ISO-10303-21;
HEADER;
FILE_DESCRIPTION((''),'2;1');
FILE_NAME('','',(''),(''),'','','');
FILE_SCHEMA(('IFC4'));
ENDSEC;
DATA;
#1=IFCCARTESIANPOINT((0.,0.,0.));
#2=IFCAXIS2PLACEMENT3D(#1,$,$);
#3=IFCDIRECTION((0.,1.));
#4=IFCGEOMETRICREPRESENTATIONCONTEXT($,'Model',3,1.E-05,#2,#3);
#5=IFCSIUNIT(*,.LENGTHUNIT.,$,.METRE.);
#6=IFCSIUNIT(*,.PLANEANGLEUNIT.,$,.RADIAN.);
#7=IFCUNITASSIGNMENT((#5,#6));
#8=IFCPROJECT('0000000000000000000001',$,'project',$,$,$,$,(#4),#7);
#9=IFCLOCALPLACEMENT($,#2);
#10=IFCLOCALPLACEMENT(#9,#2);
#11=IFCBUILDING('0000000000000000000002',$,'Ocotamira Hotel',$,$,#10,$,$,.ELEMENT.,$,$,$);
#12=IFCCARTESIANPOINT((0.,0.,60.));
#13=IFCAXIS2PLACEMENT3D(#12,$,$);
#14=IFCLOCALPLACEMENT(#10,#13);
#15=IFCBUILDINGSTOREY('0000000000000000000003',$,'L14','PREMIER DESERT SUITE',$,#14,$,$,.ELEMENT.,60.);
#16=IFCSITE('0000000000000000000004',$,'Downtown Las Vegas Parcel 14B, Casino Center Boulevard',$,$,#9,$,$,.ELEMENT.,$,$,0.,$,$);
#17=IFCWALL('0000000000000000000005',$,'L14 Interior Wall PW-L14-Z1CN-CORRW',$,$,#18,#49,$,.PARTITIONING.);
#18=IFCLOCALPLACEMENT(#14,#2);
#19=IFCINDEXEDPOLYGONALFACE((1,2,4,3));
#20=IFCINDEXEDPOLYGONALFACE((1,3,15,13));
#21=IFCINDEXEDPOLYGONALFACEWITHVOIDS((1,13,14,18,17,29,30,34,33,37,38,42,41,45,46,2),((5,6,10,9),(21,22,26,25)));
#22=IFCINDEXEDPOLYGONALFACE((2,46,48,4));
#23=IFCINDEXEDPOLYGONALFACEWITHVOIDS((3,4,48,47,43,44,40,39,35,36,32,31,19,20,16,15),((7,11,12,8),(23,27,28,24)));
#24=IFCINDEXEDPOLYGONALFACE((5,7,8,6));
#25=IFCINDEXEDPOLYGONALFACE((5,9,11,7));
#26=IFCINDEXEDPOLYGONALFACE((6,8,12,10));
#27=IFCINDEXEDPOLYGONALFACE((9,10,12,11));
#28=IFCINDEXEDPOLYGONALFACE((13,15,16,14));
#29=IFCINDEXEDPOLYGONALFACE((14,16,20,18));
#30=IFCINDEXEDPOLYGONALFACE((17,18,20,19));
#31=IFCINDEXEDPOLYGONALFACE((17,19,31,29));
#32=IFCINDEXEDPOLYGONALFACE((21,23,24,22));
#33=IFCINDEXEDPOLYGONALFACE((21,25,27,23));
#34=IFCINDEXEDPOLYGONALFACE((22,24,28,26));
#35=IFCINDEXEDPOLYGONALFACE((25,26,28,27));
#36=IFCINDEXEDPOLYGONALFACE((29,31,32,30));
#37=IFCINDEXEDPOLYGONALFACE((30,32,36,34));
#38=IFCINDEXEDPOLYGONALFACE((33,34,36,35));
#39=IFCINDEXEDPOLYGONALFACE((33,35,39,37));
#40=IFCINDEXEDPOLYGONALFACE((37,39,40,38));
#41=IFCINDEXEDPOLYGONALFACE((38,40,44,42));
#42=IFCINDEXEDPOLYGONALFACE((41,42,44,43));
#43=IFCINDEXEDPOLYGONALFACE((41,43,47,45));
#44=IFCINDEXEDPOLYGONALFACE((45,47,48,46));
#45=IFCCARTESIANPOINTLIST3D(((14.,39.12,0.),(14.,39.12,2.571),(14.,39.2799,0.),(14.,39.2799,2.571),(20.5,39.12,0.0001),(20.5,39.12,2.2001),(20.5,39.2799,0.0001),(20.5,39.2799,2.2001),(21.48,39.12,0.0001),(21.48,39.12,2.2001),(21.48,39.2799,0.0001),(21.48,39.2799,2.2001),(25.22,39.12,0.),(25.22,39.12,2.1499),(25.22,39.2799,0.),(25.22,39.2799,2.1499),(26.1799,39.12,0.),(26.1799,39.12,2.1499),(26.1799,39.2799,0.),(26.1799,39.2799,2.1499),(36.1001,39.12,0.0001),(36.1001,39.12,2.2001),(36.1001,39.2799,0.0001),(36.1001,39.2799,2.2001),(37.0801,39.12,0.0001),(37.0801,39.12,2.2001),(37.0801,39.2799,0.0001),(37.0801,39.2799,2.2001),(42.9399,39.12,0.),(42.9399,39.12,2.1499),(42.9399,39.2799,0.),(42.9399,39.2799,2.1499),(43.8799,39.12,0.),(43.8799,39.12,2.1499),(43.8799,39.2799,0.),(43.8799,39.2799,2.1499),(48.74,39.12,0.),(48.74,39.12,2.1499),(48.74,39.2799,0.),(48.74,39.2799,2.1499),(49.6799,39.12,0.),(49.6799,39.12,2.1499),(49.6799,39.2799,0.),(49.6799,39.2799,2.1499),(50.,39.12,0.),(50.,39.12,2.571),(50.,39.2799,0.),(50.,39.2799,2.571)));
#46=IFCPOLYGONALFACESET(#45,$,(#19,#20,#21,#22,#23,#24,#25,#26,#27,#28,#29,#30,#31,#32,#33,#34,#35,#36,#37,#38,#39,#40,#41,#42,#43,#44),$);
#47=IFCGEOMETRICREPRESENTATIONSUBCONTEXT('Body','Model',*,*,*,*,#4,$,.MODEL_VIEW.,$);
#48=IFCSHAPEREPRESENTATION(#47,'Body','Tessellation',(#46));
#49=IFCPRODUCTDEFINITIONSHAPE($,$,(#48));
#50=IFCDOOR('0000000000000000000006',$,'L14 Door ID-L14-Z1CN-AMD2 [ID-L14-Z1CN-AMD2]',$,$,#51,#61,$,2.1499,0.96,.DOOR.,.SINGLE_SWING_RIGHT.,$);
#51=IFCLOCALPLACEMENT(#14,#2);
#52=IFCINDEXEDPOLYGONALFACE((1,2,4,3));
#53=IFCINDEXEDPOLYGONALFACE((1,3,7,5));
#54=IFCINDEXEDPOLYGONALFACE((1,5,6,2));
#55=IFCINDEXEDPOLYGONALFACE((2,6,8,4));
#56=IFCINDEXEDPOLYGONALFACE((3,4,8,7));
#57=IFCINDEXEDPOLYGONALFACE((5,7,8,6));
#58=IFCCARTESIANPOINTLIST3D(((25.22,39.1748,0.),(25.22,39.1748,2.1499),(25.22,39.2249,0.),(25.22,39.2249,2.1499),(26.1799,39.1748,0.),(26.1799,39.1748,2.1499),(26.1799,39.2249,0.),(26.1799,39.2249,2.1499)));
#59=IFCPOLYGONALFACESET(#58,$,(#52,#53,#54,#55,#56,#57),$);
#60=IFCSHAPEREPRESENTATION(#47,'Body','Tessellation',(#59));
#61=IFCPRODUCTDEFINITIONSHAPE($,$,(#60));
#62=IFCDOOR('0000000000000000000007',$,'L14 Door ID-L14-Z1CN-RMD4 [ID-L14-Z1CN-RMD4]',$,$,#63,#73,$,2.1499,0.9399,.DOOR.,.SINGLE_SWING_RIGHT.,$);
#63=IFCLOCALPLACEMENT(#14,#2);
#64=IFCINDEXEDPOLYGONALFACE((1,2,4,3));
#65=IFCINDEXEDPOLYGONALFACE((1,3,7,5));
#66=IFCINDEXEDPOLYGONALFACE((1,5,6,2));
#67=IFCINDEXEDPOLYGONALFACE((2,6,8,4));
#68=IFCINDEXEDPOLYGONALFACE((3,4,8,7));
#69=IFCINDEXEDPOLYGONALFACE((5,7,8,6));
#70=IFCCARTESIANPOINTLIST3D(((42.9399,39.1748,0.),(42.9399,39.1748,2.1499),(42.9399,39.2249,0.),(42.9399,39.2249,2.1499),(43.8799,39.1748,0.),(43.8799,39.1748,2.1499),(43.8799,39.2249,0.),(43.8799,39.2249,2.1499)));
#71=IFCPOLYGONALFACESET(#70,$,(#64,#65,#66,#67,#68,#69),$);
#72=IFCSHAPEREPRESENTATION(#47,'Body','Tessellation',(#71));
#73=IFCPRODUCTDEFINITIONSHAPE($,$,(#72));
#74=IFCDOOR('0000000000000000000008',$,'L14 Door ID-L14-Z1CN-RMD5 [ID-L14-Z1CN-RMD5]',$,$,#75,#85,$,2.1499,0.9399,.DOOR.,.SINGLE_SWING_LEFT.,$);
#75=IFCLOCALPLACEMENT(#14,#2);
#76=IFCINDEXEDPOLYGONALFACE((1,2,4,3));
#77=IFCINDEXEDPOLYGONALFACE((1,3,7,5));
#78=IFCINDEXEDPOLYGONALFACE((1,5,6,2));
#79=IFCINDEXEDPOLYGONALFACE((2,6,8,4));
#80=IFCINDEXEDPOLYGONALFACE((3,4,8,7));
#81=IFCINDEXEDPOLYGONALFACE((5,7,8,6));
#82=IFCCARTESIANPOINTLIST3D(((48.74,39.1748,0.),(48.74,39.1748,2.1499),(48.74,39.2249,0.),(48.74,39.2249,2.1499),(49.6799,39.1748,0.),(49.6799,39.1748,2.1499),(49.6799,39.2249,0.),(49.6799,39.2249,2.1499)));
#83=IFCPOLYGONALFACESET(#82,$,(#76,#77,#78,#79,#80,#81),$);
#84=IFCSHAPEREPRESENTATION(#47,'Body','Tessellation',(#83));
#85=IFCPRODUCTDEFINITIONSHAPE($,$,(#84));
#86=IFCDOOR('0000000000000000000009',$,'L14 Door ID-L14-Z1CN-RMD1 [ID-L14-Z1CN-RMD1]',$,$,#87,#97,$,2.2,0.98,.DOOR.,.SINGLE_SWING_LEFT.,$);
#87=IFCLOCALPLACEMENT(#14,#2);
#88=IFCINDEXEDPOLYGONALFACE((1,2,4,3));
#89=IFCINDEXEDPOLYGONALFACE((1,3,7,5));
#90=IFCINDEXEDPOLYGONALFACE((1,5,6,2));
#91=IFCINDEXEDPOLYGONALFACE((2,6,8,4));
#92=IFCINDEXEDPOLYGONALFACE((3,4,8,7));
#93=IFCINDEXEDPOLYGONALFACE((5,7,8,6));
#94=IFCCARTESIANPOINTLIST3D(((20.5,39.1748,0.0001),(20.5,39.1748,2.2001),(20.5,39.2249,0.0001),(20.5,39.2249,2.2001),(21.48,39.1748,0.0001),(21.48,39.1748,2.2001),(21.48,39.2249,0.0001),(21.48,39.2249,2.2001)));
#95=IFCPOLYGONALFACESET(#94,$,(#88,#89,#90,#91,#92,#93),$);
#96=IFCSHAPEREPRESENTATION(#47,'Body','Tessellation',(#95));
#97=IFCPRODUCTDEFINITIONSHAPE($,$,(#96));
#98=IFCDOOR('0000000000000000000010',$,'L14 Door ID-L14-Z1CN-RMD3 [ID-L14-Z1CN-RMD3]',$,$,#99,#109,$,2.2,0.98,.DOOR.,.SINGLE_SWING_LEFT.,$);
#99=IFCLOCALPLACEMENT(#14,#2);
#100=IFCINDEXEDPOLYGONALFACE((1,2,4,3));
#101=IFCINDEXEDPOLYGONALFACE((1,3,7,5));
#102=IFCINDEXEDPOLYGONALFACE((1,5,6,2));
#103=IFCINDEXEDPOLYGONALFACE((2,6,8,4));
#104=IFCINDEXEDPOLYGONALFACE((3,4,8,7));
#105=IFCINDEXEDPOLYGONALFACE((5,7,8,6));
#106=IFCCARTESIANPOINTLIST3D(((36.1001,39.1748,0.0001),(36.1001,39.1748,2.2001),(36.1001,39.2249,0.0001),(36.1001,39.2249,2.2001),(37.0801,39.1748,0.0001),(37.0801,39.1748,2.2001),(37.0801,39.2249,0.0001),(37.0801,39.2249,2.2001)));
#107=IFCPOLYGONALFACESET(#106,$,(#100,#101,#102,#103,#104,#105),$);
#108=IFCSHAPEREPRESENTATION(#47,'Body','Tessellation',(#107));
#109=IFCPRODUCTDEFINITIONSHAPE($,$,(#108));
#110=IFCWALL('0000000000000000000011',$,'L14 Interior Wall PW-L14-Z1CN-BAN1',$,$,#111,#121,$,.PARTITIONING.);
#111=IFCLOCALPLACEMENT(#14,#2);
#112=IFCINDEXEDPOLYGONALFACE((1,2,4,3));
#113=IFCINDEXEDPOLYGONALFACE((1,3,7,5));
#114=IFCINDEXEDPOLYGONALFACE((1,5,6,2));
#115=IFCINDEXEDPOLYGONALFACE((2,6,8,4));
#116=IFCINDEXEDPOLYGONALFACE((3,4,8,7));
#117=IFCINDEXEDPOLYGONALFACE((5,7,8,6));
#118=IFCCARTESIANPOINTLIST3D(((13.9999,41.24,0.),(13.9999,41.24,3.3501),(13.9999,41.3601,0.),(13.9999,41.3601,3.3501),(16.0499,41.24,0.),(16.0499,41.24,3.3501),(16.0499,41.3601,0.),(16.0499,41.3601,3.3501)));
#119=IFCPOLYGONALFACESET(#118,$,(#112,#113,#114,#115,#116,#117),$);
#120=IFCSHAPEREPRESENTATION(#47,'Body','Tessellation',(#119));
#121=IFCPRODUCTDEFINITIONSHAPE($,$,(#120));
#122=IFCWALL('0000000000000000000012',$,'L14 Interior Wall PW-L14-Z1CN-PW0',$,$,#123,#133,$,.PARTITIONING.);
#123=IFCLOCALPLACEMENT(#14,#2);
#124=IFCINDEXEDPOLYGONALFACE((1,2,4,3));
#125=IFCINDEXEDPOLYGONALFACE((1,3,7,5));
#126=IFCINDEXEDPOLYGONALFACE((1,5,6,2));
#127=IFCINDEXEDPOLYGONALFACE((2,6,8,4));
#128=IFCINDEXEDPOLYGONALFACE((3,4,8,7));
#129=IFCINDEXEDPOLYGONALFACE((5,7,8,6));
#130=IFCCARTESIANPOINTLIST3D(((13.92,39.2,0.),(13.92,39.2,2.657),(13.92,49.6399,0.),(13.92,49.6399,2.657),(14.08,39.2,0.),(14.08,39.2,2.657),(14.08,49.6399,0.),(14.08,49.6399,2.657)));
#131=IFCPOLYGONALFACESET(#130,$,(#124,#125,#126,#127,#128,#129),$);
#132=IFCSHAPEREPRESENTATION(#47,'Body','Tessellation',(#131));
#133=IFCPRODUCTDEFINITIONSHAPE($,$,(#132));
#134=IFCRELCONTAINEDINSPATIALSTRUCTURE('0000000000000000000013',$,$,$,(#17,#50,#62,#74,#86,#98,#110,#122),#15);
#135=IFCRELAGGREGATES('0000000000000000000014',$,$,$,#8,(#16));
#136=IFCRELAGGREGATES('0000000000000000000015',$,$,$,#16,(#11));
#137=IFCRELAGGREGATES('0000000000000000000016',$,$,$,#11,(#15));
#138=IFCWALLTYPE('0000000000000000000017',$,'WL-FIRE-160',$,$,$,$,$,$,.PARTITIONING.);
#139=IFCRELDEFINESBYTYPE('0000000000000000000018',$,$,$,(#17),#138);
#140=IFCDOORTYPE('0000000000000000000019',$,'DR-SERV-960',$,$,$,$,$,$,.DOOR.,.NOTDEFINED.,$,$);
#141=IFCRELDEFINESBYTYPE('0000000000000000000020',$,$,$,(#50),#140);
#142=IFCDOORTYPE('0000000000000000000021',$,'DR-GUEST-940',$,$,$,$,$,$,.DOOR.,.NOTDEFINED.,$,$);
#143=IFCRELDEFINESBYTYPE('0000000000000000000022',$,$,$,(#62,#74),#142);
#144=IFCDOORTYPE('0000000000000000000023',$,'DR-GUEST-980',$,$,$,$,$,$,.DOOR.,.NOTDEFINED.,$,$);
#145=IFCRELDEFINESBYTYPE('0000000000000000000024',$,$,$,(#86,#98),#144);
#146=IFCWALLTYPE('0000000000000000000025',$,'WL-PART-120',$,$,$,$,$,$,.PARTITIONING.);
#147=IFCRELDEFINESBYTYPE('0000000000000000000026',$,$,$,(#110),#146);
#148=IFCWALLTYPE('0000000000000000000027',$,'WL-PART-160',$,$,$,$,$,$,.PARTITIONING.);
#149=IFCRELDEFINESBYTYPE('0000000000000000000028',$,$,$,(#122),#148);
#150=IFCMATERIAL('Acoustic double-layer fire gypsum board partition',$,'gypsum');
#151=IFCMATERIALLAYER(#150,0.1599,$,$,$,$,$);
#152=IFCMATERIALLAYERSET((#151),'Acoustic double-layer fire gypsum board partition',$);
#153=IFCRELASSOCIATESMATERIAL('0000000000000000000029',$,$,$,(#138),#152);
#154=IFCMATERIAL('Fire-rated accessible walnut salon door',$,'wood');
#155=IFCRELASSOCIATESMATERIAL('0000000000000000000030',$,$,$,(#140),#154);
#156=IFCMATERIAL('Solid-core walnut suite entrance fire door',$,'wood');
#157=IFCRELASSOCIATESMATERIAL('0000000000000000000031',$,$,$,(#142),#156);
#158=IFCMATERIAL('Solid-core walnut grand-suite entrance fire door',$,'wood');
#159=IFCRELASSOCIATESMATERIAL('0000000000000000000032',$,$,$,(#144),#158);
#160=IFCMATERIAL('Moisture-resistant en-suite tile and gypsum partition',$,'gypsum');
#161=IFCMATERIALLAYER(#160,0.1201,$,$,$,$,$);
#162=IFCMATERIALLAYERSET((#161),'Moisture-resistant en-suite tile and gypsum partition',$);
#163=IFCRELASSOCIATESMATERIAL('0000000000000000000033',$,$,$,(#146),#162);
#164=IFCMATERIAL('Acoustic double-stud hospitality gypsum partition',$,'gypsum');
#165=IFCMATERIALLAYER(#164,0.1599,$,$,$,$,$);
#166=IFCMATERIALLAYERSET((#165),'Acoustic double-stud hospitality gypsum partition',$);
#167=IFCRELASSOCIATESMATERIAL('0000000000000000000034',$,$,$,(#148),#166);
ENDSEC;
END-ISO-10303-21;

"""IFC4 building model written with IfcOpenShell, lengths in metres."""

from ifc_helpers import new_model, si_unit, direction, frame, frame_2d, origin, place, context, subcontext, project, spatial, rectangle, extrude, source, transform, mapped, material, layer, layer_set, type_object, element, fill, save


model = new_model("IFC4")

# Units and contexts
model_context = context("Model", 3, precision=1e-05, world=origin(), true_north=direction((0.0, 1.0)))
body_context = subcontext(model_context, "Body", "Model", "MODEL_VIEW")
ifc_project = project(units=[si_unit("LENGTHUNIT", "METRE"), si_unit("PLANEANGLEUNIT", "RADIAN")], contexts=[model_context])

# Site, building, storey
site_placement = place(None, origin())
site = spatial("IfcSite", under=ifc_project, at=site_placement, Name="Downtown Las Vegas Parcel 14B, Casino Center Boulevard", CompositionType="ELEMENT", RefElevation=0.0)
building_placement = place(site_placement, origin())
building = spatial("IfcBuilding", under=site, at=building_placement, Name="Ocotamira Hotel", CompositionType="ELEMENT")
storey_placement = place(building_placement, frame((0.0, 0.0, 60.0)))
storey = spatial("IfcBuildingStorey", under=building, at=storey_placement, Name="L14", Description="PREMIER DESERT SUITE", CompositionType="ELEMENT", Elevation=60.0)

# Shared definitions
ifc_material_1 = material(Name="Acoustic double-layer fire gypsum board partition", Category="gypsum")
ifc_layer_1 = layer(ifc_material_1, 0.1599)
ifc_layer_set_1 = layer_set([ifc_layer_1], Name="Acoustic double-layer fire gypsum board partition")
wall_type_1 = type_object("IfcWallType", Name="WL-FIRE-160", PredefinedType="PARTITIONING", material=ifc_layer_set_1)
ifc_material_2 = material(Name="Fire-rated accessible walnut salon door", Category="wood")
door_type_1 = type_object("IfcDoorType", Name="DR-SERV-960", OperationType="NOTDEFINED", PredefinedType="DOOR", material=ifc_material_2)
shared_shape_1 = source(origin(), body_context, "Body", "SweptSolid", [
    extrude(rectangle(XDim=0.96, YDim=2.1499, at=frame_2d((0.48, 1.075))), frame((0.0, 0.0249, 0.0), z_axis=(0.0, -1.0, 0.0), x_axis=(1.0, 0.0, 0.0)), (0.0, 0.0, 1.0), 0.05),
])

# Wall, openings, doors
wall_1_placement = place(storey_placement, frame((14.0, 39.2, 0.0), z_axis=(0.0, 0.0, 1.0), x_axis=(1.0, 0.0, 0.0)))
wall_1 = element("IfcWall", 1, at=wall_1_placement, inside=storey, type_object=wall_type_1, Name="L14 Interior Wall PW-L14-Z1CN-CORRW", PredefinedType="PARTITIONING", context=body_context, shape_type="SweptSolid", body=[
    extrude(rectangle(XDim=36.0, YDim=0.1599, at=frame_2d((18.0, 0.0))), origin(), (0.0, 0.0, 1.0), 2.571),
])
opening_1_placement = place(wall_1_placement, frame((6.5, 0.0, 0.0)))
opening_1 = element("IfcOpeningElement", 2, at=opening_1_placement, cuts=wall_1, PredefinedType="OPENING", context=body_context, shape_type="SweptSolid", body=[
    extrude(rectangle(XDim=0.98, YDim=2.2, at=frame_2d((0.49, 1.1001))), frame((0.0, 0.0898, 0.0), z_axis=(0.0, -1.0, 0.0), x_axis=(1.0, 0.0, 0.0)), (0.0, 0.0, 1.0), 0.1799),
])
opening_2_placement = place(wall_1_placement, frame((11.22, 0.0, 0.0)))
opening_2 = element("IfcOpeningElement", 3, at=opening_2_placement, cuts=wall_1, PredefinedType="OPENING", context=body_context, shape_type="SweptSolid", body=[
    extrude(rectangle(XDim=0.96, YDim=2.1499, at=frame_2d((0.48, 1.075))), frame((0.0, 0.0898, 0.0), z_axis=(0.0, -1.0, 0.0), x_axis=(1.0, 0.0, 0.0)), (0.0, 0.0, 1.0), 0.1799),
])
opening_3_placement = place(wall_1_placement, frame((22.1001, 0.0, 0.0)))
opening_3 = element("IfcOpeningElement", 4, at=opening_3_placement, cuts=wall_1, PredefinedType="OPENING", context=body_context, shape_type="SweptSolid", body=[
    extrude(rectangle(XDim=0.98, YDim=2.2, at=frame_2d((0.49, 1.1001))), frame((0.0, 0.0898, 0.0), z_axis=(0.0, -1.0, 0.0), x_axis=(1.0, 0.0, 0.0)), (0.0, 0.0, 1.0), 0.1799),
])
opening_4_placement = place(wall_1_placement, frame((28.9399, 0.0, 0.0)))
opening_4 = element("IfcOpeningElement", 5, at=opening_4_placement, cuts=wall_1, PredefinedType="OPENING", context=body_context, shape_type="SweptSolid", body=[
    extrude(rectangle(XDim=0.9399, YDim=2.1499, at=frame_2d((0.47, 1.075))), frame((0.0, 0.0898, 0.0), z_axis=(0.0, -1.0, 0.0), x_axis=(1.0, 0.0, 0.0)), (0.0, 0.0, 1.0), 0.1799),
])
opening_5_placement = place(wall_1_placement, frame((34.74, 0.0, 0.0)))
opening_5 = element("IfcOpeningElement", 6, at=opening_5_placement, cuts=wall_1, PredefinedType="OPENING", context=body_context, shape_type="SweptSolid", body=[
    extrude(rectangle(XDim=0.9399, YDim=2.1499, at=frame_2d((0.47, 1.075))), frame((0.0, 0.0898, 0.0), z_axis=(0.0, -1.0, 0.0), x_axis=(1.0, 0.0, 0.0)), (0.0, 0.0, 1.0), 0.1799),
])
door_1_placement = place(opening_2_placement, origin())
door_1 = element("IfcDoor", 7, at=door_1_placement, inside=storey, type_object=door_type_1, Name="L14 Door ID-L14-Z1CN-AMD2 [ID-L14-Z1CN-AMD2]", OperationType="SINGLE_SWING_RIGHT", OverallHeight=2.1499, OverallWidth=0.96, PredefinedType="DOOR", context=body_context, shape_type="MappedRepresentation", body=[
    mapped(shared_shape_1, transform((0.0, 0.0, 0.0), scale=1.0)),
])
fill(opening_2, door_1)
ifc_material_3 = material(Name="Solid-core walnut suite entrance fire door", Category="wood")
door_type_2 = type_object("IfcDoorType", Name="DR-GUEST-940", OperationType="NOTDEFINED", PredefinedType="DOOR", material=ifc_material_3)
shared_shape_2 = source(origin(), body_context, "Body", "SweptSolid", [
    extrude(rectangle(XDim=0.9399, YDim=2.1499, at=frame_2d((0.47, 1.075))), frame((0.0, 0.0249, 0.0), z_axis=(0.0, -1.0, 0.0), x_axis=(1.0, 0.0, 0.0)), (0.0, 0.0, 1.0), 0.05),
])
door_2_placement = place(opening_4_placement, origin())
door_2 = element("IfcDoor", 8, at=door_2_placement, inside=storey, type_object=door_type_2, Name="L14 Door ID-L14-Z1CN-RMD4 [ID-L14-Z1CN-RMD4]", OperationType="SINGLE_SWING_RIGHT", OverallHeight=2.1499, OverallWidth=0.9399, PredefinedType="DOOR", context=body_context, shape_type="MappedRepresentation", body=[
    mapped(shared_shape_2, transform((0.0, 0.0, 0.0), scale=1.0)),
])
fill(opening_4, door_2)
door_3_placement = place(opening_5_placement, origin())
door_3 = element("IfcDoor", 9, at=door_3_placement, inside=storey, type_object=door_type_2, Name="L14 Door ID-L14-Z1CN-RMD5 [ID-L14-Z1CN-RMD5]", OperationType="SINGLE_SWING_LEFT", OverallHeight=2.1499, OverallWidth=0.9399, PredefinedType="DOOR", context=body_context, shape_type="MappedRepresentation", body=[
    mapped(shared_shape_2, transform((0.0, 0.0, 0.0), scale=1.0)),
])
fill(opening_5, door_3)
ifc_material_4 = material(Name="Solid-core walnut grand-suite entrance fire door", Category="wood")
door_type_3 = type_object("IfcDoorType", Name="DR-GUEST-980", OperationType="NOTDEFINED", PredefinedType="DOOR", material=ifc_material_4)
shared_shape_3 = source(origin(), body_context, "Body", "SweptSolid", [
    extrude(rectangle(XDim=0.98, YDim=2.2, at=frame_2d((0.49, 1.1001))), frame((0.0, 0.0249, 0.0), z_axis=(0.0, -1.0, 0.0), x_axis=(1.0, 0.0, 0.0)), (0.0, 0.0, 1.0), 0.05),
])
door_4_placement = place(opening_1_placement, origin())
door_4 = element("IfcDoor", 10, at=door_4_placement, inside=storey, type_object=door_type_3, Name="L14 Door ID-L14-Z1CN-RMD1 [ID-L14-Z1CN-RMD1]", OperationType="SINGLE_SWING_LEFT", OverallHeight=2.2, OverallWidth=0.98, PredefinedType="DOOR", context=body_context, shape_type="MappedRepresentation", body=[
    mapped(shared_shape_3, transform((0.0, 0.0, 0.0), scale=1.0)),
])
fill(opening_1, door_4)
door_5_placement = place(opening_3_placement, origin())
door_5 = element("IfcDoor", 11, at=door_5_placement, inside=storey, type_object=door_type_3, Name="L14 Door ID-L14-Z1CN-RMD3 [ID-L14-Z1CN-RMD3]", OperationType="SINGLE_SWING_LEFT", OverallHeight=2.2, OverallWidth=0.98, PredefinedType="DOOR", context=body_context, shape_type="MappedRepresentation", body=[
    mapped(shared_shape_3, transform((0.0, 0.0, 0.0), scale=1.0)),
])
fill(opening_3, door_5)

# Walls
ifc_material_5 = material(Name="Moisture-resistant en-suite tile and gypsum partition", Category="gypsum")
ifc_layer_2 = layer(ifc_material_5, 0.1201)
ifc_layer_set_2 = layer_set([ifc_layer_2], Name="Moisture-resistant en-suite tile and gypsum partition")
wall_type_2 = type_object("IfcWallType", Name="WL-PART-120", PredefinedType="PARTITIONING", material=ifc_layer_set_2)
wall_2_placement = place(storey_placement, frame((14.0, 41.3, 0.0), z_axis=(0.0, 0.0, 1.0), x_axis=(1.0, 0.0, 0.0)))
element("IfcWall", 12, at=wall_2_placement, inside=storey, type_object=wall_type_2, Name="L14 Interior Wall PW-L14-Z1CN-BAN1", PredefinedType="PARTITIONING", context=body_context, shape_type="SweptSolid", body=[
    extrude(rectangle(XDim=2.05, YDim=0.1201, at=frame_2d((1.0249, 0.0))), origin(), (0.0, 0.0, 1.0), 3.3501),
])
ifc_material_6 = material(Name="Acoustic double-stud hospitality gypsum partition", Category="gypsum")
ifc_layer_3 = layer(ifc_material_6, 0.1599)
ifc_layer_set_3 = layer_set([ifc_layer_3], Name="Acoustic double-stud hospitality gypsum partition")
wall_type_3 = type_object("IfcWallType", Name="WL-PART-160", PredefinedType="PARTITIONING", material=ifc_layer_set_3)
wall_3_placement = place(storey_placement, frame((14.0, 39.2, 0.0), z_axis=(0.0, 0.0, 1.0), x_axis=(0.0, 1.0, 0.0)))
element("IfcWall", 13, at=wall_3_placement, inside=storey, type_object=wall_type_3, Name="L14 Interior Wall PW-L14-Z1CN-PW0", PredefinedType="PARTITIONING", context=body_context, shape_type="SweptSolid", body=[
    extrude(rectangle(XDim=10.4399, YDim=0.1599, at=frame_2d((5.22, 0.0))), origin(), (0.0, 0.0, 1.0), 2.657),
])

save(model, "model.ifc")
